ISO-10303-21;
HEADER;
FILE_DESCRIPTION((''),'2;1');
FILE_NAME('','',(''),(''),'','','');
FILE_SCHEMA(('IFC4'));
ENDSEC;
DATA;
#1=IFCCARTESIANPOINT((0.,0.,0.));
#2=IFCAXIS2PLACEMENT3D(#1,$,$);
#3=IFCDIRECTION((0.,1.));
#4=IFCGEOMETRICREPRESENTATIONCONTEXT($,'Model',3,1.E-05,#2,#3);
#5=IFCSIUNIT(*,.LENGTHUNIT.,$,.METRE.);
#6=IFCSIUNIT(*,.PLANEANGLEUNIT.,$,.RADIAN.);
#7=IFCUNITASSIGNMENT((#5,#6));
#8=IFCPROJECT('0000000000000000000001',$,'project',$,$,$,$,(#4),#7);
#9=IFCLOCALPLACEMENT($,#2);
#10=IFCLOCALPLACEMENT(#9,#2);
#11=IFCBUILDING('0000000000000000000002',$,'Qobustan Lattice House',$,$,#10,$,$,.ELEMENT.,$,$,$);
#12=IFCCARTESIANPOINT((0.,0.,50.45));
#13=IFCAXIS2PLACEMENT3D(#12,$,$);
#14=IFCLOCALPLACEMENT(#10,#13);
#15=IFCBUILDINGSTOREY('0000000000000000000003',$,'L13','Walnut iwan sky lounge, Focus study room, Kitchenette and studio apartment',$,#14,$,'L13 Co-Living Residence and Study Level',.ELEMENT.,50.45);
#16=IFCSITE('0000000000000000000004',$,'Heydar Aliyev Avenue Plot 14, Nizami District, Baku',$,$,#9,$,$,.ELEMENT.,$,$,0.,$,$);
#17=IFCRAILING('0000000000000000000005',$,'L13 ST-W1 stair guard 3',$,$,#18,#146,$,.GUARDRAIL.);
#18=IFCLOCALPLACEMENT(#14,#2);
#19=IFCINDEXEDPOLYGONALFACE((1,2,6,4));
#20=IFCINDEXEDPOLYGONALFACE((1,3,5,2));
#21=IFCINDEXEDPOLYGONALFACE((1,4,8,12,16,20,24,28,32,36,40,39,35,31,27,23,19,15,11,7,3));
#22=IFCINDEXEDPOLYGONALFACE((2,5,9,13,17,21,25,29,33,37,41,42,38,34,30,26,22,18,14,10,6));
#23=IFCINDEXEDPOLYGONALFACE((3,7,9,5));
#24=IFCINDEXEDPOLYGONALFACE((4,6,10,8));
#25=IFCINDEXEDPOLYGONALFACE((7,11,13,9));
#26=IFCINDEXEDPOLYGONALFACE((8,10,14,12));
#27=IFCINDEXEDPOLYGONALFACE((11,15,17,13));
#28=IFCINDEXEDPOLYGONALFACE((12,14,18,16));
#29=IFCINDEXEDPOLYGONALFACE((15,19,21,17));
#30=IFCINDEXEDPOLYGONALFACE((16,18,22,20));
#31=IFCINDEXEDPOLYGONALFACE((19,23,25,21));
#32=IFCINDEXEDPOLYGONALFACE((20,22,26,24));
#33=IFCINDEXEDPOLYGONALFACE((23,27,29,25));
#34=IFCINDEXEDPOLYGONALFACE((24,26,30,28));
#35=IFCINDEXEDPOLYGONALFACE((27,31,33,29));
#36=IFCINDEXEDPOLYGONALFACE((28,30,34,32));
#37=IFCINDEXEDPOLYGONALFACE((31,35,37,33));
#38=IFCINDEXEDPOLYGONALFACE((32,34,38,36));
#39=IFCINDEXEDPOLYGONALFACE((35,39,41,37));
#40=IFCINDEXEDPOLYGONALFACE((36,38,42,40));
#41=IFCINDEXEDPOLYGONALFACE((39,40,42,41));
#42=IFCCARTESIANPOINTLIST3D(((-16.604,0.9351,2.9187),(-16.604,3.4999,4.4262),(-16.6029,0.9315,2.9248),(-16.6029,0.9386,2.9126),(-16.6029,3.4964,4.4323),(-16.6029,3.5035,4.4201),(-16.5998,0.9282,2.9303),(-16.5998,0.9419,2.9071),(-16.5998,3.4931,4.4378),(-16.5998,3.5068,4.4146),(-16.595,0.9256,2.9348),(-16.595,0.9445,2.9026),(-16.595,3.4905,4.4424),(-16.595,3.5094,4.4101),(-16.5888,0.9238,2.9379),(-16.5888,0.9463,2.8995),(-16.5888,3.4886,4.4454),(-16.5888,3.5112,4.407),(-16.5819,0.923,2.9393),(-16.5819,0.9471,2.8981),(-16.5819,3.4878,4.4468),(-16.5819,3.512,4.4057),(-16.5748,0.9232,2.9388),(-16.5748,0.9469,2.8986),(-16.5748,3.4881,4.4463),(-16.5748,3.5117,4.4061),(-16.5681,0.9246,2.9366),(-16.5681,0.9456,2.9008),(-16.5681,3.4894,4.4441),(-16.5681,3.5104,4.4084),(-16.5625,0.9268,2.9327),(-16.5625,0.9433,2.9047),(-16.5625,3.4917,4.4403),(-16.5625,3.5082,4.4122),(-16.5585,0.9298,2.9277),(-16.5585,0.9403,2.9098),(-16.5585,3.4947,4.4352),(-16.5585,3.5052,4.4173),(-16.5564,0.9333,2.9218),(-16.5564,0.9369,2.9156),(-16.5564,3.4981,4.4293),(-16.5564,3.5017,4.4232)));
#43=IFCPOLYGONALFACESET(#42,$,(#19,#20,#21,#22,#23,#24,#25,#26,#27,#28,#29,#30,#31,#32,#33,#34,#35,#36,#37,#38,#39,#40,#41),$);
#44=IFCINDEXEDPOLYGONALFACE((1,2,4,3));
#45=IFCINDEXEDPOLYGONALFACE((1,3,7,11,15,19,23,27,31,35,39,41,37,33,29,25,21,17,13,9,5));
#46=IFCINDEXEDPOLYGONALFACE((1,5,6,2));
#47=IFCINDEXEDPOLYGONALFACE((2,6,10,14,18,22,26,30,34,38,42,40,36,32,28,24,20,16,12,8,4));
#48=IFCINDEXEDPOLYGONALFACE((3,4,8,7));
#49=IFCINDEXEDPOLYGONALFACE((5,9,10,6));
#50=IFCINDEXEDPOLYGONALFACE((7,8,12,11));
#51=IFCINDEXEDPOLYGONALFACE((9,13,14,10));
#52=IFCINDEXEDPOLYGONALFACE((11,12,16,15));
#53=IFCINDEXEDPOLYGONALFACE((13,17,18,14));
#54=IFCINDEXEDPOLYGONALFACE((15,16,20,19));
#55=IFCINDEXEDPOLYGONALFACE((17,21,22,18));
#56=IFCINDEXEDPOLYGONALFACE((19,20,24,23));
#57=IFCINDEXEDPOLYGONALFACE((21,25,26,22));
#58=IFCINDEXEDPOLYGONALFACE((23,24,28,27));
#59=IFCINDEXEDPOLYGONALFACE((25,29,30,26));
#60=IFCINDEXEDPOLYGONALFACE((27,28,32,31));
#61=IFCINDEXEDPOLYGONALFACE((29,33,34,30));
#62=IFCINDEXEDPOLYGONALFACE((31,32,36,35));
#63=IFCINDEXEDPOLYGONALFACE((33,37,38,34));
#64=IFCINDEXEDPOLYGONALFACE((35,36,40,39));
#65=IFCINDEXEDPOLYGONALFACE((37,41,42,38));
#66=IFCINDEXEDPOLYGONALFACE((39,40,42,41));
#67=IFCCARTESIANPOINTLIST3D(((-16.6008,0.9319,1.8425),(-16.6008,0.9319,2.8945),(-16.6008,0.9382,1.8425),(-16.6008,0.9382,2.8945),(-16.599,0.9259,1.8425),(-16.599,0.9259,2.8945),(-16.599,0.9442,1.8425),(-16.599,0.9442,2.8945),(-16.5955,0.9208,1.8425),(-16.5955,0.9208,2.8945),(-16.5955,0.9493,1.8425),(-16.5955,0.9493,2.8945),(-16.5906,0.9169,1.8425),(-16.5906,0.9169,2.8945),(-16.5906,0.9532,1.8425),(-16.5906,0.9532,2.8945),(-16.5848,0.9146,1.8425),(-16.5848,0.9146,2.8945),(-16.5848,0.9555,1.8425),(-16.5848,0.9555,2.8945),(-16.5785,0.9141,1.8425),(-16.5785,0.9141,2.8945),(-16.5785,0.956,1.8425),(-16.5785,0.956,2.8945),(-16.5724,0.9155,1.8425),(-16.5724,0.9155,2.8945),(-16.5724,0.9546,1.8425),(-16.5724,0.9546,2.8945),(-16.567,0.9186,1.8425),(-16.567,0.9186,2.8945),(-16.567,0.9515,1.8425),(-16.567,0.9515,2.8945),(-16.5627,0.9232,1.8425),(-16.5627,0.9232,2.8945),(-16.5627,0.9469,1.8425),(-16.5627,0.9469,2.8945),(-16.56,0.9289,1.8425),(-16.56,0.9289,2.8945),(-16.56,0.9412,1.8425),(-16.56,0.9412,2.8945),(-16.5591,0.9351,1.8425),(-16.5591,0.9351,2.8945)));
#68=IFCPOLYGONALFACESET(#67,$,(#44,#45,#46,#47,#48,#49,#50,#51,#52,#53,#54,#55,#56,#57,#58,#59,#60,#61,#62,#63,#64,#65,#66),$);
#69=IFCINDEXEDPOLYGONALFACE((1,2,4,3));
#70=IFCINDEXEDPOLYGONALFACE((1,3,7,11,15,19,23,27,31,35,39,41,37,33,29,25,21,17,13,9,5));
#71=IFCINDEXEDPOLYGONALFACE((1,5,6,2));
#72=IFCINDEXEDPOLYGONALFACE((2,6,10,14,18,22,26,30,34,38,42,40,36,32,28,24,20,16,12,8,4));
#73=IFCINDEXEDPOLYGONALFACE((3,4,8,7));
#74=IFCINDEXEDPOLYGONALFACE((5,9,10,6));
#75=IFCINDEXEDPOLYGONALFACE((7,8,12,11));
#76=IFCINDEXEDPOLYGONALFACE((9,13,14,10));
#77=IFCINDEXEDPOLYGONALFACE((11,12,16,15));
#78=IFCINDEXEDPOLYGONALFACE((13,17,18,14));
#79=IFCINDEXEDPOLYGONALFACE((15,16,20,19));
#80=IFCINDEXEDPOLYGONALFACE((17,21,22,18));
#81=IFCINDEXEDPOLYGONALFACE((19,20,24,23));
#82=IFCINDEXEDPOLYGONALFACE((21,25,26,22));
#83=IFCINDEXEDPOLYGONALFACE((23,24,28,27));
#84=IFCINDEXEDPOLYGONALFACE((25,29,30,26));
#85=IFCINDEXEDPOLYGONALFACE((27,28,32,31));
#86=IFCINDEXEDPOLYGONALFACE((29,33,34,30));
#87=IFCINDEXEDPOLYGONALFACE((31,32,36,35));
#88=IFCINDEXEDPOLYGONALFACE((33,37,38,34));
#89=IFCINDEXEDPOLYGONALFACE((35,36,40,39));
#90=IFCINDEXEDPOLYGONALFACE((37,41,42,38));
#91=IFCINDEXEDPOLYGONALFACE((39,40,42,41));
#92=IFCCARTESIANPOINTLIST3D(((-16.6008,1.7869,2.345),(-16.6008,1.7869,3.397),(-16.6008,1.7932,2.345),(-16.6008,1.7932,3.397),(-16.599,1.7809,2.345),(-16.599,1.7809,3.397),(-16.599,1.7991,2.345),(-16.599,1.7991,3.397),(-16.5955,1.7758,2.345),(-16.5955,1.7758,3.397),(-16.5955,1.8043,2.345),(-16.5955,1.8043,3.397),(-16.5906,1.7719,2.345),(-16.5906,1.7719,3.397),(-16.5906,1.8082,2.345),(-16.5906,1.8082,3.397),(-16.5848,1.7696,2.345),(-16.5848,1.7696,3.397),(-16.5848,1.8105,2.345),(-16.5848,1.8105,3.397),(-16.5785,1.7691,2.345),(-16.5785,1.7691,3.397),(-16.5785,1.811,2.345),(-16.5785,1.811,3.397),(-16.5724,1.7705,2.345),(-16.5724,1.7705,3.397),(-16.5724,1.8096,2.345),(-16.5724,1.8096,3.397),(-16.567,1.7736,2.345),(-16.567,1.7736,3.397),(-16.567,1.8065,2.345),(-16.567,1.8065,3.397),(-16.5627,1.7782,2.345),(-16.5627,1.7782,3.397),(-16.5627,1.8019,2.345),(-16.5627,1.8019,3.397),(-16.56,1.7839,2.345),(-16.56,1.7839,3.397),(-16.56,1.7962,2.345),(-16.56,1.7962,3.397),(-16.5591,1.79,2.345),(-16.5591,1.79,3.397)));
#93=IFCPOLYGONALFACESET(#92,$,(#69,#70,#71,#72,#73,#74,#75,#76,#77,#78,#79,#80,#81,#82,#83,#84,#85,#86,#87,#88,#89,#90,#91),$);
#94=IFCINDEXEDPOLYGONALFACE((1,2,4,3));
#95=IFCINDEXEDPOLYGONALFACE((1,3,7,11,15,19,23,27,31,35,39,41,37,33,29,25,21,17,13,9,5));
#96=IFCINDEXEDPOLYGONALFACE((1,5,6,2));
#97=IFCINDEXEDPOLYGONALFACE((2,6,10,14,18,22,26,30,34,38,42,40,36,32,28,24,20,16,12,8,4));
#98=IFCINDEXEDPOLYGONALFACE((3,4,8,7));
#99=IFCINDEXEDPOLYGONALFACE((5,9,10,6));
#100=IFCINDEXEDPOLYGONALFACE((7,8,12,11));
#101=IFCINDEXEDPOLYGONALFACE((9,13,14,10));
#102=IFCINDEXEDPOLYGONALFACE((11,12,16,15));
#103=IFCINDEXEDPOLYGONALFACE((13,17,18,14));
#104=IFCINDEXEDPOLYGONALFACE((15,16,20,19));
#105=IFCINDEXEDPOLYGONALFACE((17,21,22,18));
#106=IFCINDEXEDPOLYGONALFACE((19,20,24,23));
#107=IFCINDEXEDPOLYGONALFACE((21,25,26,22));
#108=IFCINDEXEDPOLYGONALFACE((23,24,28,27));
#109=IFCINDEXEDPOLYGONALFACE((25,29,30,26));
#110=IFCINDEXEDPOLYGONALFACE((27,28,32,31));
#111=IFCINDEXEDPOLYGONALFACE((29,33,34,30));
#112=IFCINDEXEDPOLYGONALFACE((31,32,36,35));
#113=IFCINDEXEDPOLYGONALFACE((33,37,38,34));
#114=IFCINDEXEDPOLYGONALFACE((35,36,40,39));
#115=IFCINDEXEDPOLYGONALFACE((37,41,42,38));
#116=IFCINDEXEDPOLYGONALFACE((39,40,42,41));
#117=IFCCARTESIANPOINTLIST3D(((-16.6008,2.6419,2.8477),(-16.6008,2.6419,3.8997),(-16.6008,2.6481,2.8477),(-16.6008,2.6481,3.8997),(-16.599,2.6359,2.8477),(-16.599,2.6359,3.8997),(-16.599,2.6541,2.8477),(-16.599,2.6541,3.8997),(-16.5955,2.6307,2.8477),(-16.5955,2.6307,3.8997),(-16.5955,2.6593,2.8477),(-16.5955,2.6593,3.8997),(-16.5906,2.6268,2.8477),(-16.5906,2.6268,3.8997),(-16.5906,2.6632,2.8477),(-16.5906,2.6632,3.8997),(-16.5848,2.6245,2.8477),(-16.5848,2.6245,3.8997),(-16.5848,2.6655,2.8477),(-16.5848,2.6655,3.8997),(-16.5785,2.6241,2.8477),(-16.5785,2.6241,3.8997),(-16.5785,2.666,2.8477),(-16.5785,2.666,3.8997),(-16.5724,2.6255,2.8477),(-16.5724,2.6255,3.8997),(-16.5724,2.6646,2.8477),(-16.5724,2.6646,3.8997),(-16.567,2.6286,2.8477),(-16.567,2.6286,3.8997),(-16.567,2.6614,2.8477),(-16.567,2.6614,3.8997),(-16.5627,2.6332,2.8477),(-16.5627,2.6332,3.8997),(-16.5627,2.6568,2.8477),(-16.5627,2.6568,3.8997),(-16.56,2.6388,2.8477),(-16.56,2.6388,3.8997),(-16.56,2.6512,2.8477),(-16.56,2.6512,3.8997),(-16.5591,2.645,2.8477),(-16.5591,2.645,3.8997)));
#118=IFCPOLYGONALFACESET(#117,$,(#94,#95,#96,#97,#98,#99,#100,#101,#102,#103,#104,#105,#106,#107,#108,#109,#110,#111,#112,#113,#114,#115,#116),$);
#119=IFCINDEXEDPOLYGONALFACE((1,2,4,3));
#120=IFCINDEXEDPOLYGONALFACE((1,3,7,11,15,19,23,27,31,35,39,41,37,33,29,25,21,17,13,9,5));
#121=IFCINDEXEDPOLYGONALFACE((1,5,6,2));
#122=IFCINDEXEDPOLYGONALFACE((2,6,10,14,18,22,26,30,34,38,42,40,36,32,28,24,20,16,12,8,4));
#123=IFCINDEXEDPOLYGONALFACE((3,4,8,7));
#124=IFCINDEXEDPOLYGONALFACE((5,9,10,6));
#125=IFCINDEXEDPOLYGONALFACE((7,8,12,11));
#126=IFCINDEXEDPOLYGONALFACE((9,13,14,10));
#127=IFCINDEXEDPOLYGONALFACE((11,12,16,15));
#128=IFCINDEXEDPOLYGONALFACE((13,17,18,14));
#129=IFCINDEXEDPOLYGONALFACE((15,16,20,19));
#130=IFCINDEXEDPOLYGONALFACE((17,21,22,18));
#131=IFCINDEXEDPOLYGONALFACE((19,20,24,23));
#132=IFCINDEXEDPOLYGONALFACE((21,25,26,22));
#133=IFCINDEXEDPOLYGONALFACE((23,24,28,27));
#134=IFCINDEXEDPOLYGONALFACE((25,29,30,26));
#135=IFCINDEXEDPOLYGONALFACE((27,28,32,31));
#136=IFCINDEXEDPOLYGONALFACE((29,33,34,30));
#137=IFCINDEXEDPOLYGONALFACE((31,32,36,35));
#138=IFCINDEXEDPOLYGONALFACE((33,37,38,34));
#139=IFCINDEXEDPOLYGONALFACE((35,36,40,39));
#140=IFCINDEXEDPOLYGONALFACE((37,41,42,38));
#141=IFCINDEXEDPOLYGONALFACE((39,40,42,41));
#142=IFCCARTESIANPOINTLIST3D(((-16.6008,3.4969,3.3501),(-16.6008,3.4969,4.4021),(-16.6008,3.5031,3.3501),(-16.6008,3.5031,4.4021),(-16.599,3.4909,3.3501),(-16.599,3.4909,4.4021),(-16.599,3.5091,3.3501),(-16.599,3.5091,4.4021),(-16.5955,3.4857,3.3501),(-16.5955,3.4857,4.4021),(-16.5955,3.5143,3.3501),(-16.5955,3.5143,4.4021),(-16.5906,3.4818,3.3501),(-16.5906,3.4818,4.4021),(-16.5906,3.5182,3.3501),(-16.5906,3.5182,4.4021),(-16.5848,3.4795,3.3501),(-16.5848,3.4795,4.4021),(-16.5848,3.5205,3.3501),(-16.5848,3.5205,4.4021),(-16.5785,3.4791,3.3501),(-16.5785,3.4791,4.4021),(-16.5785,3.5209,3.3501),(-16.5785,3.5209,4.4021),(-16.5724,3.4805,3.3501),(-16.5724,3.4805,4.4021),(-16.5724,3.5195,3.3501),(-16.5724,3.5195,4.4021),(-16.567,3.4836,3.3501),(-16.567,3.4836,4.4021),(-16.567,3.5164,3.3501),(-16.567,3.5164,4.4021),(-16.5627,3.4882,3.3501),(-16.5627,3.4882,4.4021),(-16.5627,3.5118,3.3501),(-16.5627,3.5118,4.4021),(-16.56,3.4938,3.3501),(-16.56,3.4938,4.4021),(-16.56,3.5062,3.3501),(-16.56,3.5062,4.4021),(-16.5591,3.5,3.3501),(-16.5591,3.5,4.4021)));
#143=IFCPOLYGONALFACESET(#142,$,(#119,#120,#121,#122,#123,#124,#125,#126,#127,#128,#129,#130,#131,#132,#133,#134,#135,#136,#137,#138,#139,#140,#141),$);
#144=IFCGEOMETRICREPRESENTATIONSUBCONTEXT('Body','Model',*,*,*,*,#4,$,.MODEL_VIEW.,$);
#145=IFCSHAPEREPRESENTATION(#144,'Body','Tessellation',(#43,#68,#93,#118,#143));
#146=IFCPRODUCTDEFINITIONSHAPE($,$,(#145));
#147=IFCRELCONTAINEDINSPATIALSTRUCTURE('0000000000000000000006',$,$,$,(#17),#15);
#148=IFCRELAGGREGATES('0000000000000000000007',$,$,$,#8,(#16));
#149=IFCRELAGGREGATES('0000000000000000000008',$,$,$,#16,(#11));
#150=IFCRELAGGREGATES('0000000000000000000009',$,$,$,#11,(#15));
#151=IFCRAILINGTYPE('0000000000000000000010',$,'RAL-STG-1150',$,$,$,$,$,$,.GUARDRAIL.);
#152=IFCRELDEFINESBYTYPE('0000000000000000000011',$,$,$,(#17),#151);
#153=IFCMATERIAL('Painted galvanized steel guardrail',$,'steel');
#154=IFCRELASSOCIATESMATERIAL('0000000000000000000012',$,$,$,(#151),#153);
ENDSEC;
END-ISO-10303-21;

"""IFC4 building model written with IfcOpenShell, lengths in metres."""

from ifc_helpers import new_model, si_unit, direction, frame, origin, origin_2d, place, context, subcontext, project, spatial, circle, extrude, material, type_object, element, save


model = new_model("IFC4")

# Units and contexts
model_context = context("Model", 3, precision=1e-05, world=origin(), true_north=direction((0.0, 1.0)))
body_context = subcontext(model_context, "Body", "Model", "MODEL_VIEW")
ifc_project = project(units=[si_unit("LENGTHUNIT", "METRE"), si_unit("PLANEANGLEUNIT", "RADIAN")], contexts=[model_context])

# Site, building, storey
site_placement = place(None, origin())
site = spatial("IfcSite", under=ifc_project, at=site_placement, Name="Heydar Aliyev Avenue Plot 14, Nizami District, Baku", CompositionType="ELEMENT", RefElevation=0.0)
building_placement = place(site_placement, origin())
building = spatial("IfcBuilding", under=site, at=building_placement, Name="Qobustan Lattice House", CompositionType="ELEMENT")
storey_placement = place(building_placement, frame((0.0, 0.0, 50.45)))
storey = spatial("IfcBuildingStorey", under=building, at=storey_placement, Name="L13", Description="Walnut iwan sky lounge, Focus study room, Kitchenette and studio apartment", LongName="L13 Co-Living Residence and Study Level", CompositionType="ELEMENT", Elevation=50.45)

# Railing
ifc_material_1 = material(Name="Painted galvanized steel guardrail", Category="steel")
railing_type_1 = type_object("IfcRailingType", Name="RAL-STG-1150", PredefinedType="GUARDRAIL", material=ifc_material_1)
railing_1_placement = place(storey_placement, frame((-16.5801, 0.9351, 1.8425)))
element("IfcRailing", 1, at=railing_1_placement, inside=storey, type_object=railing_type_1, Name="L13 ST-W1 stair guard 3", PredefinedType="GUARDRAIL", context=body_context, shape_type="SweptSolid", body=[
    extrude(circle(Radius=0.0239, at=origin_2d()), frame((0.0, 0.0, 1.0762), z_axis=(0.0, 0.862113, 0.506715), x_axis=(-1.0, 0.0, 0.0)), (0.0, 0.0, 1.0), 2.9751),
    extrude(circle(Radius=0.021, at=origin_2d()), origin(), (0.0, 0.0, 1.0), 1.052),
    extrude(circle(Radius=0.021, at=origin_2d()), frame((0.0, 0.855, 0.5024)), (0.0, 0.0, 1.0), 1.052),
    extrude(circle(Radius=0.021, at=origin_2d()), frame((0.0, 1.71, 1.0051)), (0.0, 0.0, 1.0), 1.052),
    extrude(circle(Radius=0.021, at=origin_2d()), frame((0.0, 2.5649, 1.5076)), (0.0, 0.0, 1.0), 1.052),
])

save(model, "model.ifc")
